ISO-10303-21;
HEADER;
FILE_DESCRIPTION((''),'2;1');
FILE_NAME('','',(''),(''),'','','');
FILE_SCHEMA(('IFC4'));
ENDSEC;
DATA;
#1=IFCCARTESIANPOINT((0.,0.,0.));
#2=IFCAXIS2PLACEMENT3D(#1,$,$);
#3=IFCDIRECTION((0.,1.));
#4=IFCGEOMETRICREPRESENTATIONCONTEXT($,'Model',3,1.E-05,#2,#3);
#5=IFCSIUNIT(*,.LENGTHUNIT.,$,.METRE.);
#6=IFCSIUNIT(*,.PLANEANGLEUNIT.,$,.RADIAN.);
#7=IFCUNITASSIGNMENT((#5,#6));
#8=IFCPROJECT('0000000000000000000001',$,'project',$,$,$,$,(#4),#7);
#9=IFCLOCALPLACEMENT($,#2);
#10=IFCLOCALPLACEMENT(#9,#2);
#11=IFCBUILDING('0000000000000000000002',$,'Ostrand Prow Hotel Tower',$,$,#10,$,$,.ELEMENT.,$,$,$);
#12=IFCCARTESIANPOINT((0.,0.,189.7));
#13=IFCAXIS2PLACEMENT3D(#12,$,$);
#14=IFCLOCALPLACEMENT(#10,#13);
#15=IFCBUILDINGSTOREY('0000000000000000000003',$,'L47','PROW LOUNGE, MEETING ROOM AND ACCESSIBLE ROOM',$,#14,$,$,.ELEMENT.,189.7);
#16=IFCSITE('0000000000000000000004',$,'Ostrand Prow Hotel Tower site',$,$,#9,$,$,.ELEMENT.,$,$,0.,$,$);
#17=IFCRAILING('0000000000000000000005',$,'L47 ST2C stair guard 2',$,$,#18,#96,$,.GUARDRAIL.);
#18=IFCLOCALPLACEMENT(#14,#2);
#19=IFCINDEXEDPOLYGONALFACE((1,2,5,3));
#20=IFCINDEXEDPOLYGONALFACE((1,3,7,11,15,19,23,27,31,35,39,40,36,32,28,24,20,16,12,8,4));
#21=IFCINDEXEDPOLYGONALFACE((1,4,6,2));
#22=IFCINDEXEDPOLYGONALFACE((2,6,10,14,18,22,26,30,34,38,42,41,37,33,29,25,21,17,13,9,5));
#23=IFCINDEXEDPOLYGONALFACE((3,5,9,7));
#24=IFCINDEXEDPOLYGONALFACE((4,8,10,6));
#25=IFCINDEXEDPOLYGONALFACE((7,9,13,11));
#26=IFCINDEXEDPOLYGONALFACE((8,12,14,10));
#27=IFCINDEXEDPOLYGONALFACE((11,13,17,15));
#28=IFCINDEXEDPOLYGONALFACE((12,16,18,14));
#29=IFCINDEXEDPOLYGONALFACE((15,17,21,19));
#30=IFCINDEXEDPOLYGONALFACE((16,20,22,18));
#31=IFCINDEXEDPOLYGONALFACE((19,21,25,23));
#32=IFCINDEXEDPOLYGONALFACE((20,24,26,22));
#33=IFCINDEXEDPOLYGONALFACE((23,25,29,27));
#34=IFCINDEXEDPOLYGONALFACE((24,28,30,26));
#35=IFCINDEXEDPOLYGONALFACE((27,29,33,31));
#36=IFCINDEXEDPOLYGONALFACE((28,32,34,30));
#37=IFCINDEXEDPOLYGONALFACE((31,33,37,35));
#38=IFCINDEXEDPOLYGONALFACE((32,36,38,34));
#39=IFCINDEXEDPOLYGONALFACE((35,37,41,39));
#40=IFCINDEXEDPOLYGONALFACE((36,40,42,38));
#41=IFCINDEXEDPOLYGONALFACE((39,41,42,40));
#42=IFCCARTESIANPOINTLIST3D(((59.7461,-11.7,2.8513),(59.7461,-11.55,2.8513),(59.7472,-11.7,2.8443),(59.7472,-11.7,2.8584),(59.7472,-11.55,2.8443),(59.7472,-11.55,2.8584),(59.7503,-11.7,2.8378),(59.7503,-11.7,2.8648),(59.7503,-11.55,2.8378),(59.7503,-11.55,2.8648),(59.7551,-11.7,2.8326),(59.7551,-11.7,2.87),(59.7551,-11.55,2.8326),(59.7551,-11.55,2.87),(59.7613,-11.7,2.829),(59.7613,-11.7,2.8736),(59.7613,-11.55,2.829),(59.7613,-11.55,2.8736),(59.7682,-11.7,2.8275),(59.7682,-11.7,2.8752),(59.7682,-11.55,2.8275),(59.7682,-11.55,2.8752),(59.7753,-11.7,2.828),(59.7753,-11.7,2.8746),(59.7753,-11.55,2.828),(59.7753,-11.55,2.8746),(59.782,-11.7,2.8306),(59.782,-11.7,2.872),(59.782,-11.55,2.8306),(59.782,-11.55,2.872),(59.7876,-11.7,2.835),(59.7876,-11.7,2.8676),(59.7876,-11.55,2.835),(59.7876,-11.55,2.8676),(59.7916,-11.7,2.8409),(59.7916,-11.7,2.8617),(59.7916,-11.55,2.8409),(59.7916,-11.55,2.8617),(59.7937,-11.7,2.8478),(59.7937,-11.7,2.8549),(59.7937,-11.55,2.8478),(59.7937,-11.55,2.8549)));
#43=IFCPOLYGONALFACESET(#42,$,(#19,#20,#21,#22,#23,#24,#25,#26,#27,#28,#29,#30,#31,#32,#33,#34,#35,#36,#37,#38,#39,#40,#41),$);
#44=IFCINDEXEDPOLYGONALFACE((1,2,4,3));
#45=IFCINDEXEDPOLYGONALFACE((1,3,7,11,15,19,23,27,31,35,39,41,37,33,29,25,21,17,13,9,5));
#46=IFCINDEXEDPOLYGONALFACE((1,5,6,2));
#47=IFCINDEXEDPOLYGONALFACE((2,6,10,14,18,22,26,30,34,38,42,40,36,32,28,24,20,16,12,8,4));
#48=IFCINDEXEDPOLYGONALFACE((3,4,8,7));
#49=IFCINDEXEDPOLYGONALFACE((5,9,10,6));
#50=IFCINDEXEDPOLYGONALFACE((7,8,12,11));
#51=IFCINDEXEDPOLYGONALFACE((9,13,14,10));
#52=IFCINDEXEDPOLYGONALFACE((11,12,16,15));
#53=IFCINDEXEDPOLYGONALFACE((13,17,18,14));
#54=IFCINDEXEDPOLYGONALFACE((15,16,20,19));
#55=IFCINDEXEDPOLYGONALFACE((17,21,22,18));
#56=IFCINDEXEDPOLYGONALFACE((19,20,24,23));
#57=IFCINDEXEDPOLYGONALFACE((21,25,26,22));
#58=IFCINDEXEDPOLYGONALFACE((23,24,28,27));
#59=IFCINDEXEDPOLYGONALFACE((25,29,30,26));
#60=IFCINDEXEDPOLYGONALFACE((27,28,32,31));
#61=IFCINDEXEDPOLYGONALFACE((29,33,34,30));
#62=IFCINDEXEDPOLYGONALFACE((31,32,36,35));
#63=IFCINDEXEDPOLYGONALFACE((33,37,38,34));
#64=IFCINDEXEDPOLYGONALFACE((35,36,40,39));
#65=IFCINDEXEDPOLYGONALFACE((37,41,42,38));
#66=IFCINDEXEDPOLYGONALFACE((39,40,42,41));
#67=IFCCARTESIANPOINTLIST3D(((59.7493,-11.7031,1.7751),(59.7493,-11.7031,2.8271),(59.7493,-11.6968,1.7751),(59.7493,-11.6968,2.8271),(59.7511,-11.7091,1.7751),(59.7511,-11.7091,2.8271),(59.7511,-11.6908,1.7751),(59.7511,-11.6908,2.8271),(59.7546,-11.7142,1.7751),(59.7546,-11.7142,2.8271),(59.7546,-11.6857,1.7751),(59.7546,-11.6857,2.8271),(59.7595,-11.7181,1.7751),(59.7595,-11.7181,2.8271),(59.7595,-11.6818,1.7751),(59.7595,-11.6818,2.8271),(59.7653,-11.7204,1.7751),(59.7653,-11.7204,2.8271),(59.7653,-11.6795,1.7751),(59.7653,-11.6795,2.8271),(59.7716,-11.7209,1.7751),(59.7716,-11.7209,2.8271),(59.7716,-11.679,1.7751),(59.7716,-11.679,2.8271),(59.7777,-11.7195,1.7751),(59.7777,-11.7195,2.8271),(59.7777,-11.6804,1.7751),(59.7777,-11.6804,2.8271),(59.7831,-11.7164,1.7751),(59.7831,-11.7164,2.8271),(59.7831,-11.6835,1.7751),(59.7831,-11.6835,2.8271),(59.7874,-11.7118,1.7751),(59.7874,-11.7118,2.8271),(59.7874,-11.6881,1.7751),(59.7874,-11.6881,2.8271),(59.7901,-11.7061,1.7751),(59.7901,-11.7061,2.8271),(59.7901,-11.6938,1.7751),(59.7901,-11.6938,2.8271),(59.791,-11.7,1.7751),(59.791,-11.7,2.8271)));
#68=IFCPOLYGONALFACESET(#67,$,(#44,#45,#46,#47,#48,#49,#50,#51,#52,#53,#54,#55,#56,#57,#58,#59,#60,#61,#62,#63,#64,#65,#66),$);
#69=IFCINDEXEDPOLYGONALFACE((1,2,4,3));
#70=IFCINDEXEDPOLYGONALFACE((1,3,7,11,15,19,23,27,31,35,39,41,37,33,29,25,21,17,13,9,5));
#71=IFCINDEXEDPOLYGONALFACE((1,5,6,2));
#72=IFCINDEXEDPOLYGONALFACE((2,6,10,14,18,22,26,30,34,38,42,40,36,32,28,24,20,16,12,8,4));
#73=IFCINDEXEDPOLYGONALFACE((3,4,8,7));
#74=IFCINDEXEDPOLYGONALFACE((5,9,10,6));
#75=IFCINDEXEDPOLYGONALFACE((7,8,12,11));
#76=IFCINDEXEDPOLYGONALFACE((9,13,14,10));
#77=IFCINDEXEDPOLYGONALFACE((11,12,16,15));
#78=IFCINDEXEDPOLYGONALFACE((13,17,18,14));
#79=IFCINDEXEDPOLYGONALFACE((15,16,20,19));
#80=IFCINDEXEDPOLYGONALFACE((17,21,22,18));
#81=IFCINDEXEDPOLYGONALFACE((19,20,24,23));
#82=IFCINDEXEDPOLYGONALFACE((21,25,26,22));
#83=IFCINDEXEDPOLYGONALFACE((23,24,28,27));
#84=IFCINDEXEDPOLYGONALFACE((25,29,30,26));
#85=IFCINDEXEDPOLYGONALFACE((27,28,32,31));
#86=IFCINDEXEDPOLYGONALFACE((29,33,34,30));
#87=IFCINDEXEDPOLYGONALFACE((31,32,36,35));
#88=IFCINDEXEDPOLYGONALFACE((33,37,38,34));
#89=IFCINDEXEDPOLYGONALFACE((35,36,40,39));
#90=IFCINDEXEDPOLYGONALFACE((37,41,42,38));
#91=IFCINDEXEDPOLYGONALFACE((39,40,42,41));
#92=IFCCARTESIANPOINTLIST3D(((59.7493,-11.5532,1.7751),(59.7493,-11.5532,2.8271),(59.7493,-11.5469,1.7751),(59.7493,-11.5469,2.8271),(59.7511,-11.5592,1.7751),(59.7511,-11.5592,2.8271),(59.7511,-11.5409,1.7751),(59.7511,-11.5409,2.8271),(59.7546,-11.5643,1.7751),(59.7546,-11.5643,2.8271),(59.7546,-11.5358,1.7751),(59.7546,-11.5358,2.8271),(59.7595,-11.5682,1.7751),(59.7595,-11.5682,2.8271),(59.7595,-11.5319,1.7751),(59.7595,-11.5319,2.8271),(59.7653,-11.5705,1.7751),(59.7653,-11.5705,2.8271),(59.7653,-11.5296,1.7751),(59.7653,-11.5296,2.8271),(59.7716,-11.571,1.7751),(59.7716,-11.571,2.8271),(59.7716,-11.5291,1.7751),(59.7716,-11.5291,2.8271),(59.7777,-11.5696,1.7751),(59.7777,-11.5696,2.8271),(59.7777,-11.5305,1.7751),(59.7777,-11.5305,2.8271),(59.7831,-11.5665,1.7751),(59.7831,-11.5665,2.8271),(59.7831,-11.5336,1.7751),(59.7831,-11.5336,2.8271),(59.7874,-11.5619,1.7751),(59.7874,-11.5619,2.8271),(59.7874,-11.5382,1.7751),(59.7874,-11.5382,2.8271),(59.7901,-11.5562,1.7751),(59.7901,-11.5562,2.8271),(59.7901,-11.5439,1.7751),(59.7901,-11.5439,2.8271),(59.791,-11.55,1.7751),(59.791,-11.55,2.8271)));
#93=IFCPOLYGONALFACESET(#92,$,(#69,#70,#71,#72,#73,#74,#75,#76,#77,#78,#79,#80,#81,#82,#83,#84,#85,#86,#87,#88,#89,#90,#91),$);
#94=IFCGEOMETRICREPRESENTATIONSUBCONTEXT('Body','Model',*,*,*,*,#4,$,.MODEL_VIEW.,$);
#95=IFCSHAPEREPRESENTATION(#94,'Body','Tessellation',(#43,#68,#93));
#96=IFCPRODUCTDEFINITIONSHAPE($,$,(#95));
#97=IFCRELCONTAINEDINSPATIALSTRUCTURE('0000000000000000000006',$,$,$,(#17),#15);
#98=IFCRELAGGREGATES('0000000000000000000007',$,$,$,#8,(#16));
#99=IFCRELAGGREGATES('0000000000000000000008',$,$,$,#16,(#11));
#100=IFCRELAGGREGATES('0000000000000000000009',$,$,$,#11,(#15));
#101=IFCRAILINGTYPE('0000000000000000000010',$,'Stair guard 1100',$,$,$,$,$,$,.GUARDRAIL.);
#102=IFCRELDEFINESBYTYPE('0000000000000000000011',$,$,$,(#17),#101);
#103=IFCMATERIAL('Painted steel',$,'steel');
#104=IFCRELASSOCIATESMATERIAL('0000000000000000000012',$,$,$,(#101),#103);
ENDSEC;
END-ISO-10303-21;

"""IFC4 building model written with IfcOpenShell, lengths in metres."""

from ifc_helpers import new_model, si_unit, direction, frame, origin, origin_2d, place, context, subcontext, project, spatial, circle, extrude, material, type_object, element, save


model = new_model("IFC4")

# Units and contexts
model_context = context("Model", 3, precision=1e-05, world=origin(), true_north=direction((0.0, 1.0)))
body_context = subcontext(model_context, "Body", "Model", "MODEL_VIEW")
ifc_project = project(units=[si_unit("LENGTHUNIT", "METRE"), si_unit("PLANEANGLEUNIT", "RADIAN")], contexts=[model_context])

# Site, building, storey
site_placement = place(None, origin())
site = spatial("IfcSite", under=ifc_project, at=site_placement, Name="Ostrand Prow Hotel Tower site", CompositionType="ELEMENT", RefElevation=0.0)
building_placement = place(site_placement, origin())
building = spatial("IfcBuilding", under=site, at=building_placement, Name="Ostrand Prow Hotel Tower", CompositionType="ELEMENT")
storey_placement = place(building_placement, frame((0.0, 0.0, 189.7)))
storey = spatial("IfcBuildingStorey", under=building, at=storey_placement, Name="L47", Description="PROW LOUNGE, MEETING ROOM AND ACCESSIBLE ROOM", CompositionType="ELEMENT", Elevation=189.7)

# Railing
ifc_material_1 = material(Name="Painted steel", Category="steel")
railing_type_1 = type_object("IfcRailingType", Name="Stair guard 1100", PredefinedType="GUARDRAIL", material=ifc_material_1)
railing_1_placement = place(storey_placement, frame((59.77, -11.7, 1.7751)))
element("IfcRailing", 1, at=railing_1_placement, inside=storey, type_object=railing_type_1, Name="L47 ST2C stair guard 2", PredefinedType="GUARDRAIL", context=body_context, shape_type="SweptSolid", body=[
    extrude(circle(Radius=0.0239, at=origin_2d()), frame((0.0, 0.0, 1.0762), z_axis=(0.0, 1.0, 0.0), x_axis=(-1.0, 0.0, 0.0)), (0.0, 0.0, 1.0), 0.1499),
    extrude(circle(Radius=0.021, at=origin_2d()), origin(), (0.0, 0.0, 1.0), 1.052),
    extrude(circle(Radius=0.021, at=origin_2d()), frame((0.0, 0.1499, 0.0)), (0.0, 0.0, 1.0), 1.052),
])

save(model, "model.ifc")
